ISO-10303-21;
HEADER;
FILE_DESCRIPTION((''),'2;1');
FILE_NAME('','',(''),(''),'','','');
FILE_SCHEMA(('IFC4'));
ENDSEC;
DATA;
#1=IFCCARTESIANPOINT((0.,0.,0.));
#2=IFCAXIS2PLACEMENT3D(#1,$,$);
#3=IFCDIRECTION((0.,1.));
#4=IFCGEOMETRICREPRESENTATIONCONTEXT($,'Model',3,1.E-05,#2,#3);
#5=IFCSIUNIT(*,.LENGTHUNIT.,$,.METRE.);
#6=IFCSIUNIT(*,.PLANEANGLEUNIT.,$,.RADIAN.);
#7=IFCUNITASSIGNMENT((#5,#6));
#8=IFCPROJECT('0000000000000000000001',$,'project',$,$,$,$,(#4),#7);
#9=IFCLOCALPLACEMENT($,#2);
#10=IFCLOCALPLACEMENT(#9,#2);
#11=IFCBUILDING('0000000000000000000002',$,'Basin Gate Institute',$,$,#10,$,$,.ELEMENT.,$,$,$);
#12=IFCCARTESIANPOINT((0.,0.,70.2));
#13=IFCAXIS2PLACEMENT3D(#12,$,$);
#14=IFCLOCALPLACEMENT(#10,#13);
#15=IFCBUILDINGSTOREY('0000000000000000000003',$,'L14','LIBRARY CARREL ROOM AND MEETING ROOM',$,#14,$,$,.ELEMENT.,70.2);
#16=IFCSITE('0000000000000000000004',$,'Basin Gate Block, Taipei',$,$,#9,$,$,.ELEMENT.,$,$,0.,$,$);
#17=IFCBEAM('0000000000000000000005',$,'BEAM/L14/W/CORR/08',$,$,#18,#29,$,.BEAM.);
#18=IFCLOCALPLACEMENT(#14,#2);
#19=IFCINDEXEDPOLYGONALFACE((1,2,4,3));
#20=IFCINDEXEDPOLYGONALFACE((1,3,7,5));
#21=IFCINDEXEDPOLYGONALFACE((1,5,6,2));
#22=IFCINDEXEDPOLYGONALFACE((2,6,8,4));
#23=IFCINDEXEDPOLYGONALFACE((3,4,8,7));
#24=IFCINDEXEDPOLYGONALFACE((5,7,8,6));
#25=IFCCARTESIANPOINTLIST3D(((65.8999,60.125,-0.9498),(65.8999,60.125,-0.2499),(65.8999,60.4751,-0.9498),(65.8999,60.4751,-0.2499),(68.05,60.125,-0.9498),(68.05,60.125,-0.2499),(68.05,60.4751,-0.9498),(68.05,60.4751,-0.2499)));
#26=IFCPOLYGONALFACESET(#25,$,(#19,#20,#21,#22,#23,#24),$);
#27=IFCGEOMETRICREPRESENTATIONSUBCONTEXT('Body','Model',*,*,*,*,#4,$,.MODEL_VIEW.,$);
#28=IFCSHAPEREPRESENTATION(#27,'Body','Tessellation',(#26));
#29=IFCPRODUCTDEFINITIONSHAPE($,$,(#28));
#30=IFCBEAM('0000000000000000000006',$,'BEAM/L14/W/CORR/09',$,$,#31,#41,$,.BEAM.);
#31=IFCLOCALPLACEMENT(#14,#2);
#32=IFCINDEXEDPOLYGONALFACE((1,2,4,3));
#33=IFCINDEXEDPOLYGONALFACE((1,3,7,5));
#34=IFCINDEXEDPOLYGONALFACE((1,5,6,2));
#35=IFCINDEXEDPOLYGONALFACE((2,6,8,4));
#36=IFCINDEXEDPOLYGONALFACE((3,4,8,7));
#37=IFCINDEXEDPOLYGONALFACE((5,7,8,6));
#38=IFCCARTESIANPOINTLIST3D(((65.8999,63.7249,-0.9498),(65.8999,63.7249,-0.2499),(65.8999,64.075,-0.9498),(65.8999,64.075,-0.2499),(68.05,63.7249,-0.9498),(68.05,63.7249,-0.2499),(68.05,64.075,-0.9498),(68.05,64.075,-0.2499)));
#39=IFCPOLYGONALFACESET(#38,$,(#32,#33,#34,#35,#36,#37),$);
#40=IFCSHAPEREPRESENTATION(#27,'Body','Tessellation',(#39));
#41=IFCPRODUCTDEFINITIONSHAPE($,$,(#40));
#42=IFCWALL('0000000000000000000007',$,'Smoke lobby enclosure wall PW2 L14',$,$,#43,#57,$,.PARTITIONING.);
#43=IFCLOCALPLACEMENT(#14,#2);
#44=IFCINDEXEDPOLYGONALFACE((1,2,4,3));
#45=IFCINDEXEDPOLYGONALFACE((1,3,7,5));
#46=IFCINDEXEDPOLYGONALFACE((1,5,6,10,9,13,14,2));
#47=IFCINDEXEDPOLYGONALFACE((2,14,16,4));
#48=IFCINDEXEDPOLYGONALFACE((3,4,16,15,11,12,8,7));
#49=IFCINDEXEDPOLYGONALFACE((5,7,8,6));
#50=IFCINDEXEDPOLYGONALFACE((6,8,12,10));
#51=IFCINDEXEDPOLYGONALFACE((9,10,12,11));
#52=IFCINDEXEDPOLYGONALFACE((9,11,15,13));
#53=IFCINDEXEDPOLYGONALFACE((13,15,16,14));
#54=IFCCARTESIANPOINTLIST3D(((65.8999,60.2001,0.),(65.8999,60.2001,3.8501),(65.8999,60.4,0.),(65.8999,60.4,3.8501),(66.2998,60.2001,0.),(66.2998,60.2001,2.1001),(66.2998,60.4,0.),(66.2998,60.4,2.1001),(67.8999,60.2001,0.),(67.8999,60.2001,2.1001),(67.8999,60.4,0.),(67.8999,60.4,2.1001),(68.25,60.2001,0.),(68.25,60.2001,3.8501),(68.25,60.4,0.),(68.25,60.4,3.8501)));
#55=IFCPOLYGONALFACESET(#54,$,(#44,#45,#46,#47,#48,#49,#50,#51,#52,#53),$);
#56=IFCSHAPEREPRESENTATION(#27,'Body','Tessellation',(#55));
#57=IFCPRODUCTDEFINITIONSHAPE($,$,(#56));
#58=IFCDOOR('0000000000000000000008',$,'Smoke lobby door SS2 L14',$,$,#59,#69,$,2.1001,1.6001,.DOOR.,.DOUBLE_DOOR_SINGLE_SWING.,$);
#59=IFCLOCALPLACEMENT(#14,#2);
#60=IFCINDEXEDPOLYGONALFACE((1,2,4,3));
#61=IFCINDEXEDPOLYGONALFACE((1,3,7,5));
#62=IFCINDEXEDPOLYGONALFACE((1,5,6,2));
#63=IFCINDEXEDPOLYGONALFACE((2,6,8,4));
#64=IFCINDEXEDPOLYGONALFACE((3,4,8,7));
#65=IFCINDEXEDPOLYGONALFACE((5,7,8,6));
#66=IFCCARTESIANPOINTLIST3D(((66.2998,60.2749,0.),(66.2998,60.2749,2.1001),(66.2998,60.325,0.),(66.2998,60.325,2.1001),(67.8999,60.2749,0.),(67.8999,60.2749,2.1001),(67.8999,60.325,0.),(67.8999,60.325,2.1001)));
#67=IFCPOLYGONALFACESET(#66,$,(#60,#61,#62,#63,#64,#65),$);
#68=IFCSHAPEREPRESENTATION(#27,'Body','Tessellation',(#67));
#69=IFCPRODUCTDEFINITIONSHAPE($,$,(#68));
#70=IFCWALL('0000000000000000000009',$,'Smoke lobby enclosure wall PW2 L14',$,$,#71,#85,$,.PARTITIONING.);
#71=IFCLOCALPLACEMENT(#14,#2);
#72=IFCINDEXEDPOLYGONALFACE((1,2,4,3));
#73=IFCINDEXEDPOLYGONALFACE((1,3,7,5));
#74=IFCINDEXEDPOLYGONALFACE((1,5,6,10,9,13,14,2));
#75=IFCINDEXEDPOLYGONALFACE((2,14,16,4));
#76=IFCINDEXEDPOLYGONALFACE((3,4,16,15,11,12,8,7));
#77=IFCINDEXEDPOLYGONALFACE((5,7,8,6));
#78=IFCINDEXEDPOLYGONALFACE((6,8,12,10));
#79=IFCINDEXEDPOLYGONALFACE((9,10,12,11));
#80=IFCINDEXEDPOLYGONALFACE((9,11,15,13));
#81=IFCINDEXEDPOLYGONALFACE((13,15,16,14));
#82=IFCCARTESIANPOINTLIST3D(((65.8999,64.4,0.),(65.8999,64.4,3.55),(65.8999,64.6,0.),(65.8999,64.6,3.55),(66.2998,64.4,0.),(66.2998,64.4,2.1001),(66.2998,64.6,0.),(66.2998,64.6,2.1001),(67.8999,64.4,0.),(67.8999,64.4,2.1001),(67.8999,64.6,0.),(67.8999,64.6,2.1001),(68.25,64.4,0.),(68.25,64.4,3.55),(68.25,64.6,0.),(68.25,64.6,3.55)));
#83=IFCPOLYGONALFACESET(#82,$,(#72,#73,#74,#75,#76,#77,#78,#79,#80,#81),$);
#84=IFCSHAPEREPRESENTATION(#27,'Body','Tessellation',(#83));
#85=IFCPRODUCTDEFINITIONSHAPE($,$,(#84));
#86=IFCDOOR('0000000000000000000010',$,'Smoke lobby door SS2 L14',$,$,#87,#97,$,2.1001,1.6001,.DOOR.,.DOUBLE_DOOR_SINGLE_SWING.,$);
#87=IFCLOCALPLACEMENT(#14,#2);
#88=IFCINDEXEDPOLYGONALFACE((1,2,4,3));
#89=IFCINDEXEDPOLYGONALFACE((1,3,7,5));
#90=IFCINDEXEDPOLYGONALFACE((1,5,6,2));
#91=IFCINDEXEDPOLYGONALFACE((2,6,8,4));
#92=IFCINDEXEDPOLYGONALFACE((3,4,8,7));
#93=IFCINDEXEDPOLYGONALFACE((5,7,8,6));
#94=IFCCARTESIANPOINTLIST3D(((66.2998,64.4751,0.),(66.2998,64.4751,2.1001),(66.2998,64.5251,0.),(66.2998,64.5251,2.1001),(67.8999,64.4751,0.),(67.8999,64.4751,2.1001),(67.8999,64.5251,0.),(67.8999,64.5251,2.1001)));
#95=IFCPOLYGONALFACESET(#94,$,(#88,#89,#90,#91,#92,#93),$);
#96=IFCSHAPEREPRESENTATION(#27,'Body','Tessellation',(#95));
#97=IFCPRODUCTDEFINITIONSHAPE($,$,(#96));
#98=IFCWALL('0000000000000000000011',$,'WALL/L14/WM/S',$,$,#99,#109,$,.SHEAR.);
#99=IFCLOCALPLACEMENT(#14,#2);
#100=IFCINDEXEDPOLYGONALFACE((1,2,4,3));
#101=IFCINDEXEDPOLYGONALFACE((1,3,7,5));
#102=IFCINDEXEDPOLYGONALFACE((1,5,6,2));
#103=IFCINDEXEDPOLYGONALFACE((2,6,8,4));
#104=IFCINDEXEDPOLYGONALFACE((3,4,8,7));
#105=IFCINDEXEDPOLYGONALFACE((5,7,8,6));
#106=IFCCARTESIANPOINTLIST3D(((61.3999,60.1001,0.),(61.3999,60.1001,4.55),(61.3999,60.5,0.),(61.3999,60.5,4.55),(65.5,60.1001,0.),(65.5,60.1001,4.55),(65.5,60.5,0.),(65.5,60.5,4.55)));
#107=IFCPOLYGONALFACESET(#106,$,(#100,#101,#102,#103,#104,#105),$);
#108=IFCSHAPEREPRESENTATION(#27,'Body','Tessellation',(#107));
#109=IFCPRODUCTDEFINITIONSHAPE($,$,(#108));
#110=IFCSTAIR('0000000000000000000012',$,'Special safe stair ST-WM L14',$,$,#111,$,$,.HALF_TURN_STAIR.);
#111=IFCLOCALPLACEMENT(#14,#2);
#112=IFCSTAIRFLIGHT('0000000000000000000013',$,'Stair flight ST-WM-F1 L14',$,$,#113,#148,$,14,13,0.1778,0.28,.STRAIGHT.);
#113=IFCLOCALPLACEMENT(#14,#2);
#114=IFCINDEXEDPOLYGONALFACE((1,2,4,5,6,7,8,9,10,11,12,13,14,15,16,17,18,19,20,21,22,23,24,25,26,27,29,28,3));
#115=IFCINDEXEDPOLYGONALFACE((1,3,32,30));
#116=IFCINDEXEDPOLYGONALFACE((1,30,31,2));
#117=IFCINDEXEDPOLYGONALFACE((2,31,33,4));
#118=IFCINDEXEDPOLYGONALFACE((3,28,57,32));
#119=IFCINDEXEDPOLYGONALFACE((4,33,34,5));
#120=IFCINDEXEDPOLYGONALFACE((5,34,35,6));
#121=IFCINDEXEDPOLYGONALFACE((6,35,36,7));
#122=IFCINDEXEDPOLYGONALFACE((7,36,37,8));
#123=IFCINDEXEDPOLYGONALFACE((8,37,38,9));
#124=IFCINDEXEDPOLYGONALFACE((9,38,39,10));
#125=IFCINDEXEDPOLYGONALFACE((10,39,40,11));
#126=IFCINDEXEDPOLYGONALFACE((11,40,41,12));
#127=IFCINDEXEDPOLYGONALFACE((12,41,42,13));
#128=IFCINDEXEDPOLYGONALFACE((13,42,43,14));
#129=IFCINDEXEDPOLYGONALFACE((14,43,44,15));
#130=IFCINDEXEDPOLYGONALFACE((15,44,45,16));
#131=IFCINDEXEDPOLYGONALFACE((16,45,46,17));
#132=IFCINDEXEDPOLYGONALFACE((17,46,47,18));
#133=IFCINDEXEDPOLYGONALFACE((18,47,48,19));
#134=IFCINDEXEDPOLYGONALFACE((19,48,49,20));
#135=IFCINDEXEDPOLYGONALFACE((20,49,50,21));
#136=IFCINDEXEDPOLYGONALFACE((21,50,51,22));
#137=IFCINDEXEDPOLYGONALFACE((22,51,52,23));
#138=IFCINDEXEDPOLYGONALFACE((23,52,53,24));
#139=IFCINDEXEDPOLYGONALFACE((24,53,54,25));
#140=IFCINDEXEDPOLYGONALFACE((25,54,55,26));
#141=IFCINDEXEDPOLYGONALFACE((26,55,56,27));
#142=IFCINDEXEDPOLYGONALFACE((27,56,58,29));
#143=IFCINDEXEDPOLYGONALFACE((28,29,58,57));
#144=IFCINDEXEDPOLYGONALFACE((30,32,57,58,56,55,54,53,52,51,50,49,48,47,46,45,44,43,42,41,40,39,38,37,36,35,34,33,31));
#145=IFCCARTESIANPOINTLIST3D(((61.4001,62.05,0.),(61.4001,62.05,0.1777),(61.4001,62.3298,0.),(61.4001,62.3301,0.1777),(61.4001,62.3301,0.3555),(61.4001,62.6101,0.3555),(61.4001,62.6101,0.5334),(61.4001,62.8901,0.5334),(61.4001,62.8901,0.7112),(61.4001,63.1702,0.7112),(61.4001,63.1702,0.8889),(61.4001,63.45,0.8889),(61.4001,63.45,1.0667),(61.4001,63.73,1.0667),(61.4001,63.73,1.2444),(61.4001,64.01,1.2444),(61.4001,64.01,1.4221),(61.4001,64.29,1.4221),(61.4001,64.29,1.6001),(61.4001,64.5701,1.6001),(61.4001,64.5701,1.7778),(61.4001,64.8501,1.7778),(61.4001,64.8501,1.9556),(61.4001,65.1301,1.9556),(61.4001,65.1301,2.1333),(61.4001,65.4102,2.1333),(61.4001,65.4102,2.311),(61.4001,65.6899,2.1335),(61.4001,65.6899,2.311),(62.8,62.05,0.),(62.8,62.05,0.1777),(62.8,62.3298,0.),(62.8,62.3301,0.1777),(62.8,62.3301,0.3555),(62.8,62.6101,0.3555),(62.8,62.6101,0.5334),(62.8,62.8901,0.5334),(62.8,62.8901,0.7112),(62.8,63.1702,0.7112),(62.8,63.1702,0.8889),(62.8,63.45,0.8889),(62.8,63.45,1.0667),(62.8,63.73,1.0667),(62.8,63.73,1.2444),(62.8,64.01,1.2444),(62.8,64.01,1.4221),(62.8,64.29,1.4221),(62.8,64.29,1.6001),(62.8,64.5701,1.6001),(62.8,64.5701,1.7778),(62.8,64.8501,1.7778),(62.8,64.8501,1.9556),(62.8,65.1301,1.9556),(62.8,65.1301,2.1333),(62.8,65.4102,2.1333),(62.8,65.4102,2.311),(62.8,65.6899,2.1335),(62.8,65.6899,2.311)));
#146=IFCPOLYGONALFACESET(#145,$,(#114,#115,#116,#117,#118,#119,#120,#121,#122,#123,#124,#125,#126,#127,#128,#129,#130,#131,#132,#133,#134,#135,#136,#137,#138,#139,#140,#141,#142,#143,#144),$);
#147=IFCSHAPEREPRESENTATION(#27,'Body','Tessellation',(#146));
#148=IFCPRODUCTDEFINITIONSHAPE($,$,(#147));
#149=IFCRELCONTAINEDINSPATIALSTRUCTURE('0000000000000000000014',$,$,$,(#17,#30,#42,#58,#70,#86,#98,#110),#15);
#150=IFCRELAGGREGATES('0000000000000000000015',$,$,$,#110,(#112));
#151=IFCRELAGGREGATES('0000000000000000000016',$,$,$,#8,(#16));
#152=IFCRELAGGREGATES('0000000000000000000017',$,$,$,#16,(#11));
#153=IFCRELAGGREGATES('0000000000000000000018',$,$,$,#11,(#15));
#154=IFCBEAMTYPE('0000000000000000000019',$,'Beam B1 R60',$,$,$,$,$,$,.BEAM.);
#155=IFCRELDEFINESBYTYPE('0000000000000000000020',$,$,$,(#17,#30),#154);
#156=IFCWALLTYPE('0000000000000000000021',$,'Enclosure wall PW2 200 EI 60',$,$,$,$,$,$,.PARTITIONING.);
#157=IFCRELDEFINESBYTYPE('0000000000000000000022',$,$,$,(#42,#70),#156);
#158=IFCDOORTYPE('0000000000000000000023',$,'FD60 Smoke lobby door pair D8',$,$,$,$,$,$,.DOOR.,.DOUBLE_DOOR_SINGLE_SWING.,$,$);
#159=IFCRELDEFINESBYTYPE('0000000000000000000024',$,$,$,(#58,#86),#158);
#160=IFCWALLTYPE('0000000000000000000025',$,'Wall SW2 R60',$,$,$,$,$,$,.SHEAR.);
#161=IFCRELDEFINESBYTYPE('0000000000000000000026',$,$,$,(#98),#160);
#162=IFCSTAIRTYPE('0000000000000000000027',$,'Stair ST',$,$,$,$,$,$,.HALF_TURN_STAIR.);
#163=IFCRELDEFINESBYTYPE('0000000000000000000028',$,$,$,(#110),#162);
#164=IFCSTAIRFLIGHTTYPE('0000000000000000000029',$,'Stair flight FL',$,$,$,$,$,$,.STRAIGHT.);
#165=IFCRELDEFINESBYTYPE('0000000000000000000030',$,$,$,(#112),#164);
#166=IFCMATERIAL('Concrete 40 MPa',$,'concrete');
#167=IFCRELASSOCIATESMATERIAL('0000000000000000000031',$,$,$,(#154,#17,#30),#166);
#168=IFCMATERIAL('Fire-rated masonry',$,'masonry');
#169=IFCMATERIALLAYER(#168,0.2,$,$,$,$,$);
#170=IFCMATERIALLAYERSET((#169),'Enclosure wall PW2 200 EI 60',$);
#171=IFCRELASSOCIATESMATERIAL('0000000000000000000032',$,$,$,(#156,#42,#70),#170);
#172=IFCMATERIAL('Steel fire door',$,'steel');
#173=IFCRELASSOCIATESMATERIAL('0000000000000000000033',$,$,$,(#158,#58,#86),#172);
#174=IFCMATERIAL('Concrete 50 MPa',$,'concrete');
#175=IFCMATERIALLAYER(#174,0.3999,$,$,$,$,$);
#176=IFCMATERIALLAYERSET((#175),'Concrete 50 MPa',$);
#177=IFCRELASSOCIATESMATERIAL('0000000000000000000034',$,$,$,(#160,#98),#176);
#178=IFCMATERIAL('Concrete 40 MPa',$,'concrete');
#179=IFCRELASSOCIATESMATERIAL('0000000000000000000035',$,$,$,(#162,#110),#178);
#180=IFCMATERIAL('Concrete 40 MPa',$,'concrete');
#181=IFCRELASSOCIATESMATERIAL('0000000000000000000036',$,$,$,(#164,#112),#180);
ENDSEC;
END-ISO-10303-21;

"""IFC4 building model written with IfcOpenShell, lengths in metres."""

from ifc_helpers import new_model, si_unit, direction, frame, frame_2d, origin, origin_2d, place, context, subcontext, project, spatial, polyline, rectangle, outline, extrude, material, layer, layer_set, material_profile, profile_set, type_object, element, fill, aggregate, save


model = new_model("IFC4")

# Units and contexts
model_context = context("Model", 3, precision=1e-05, world=origin(), true_north=direction((0.0, 1.0)))
body_context = subcontext(model_context, "Body", "Model", "MODEL_VIEW")
ifc_project = project(units=[si_unit("LENGTHUNIT", "METRE"), si_unit("PLANEANGLEUNIT", "RADIAN")], contexts=[model_context])

# Site, building, storey
site_placement = place(None, origin())
site = spatial("IfcSite", under=ifc_project, at=site_placement, Name="Basin Gate Block, Taipei", CompositionType="ELEMENT", RefElevation=0.0)
building_placement = place(site_placement, origin())
building = spatial("IfcBuilding", under=site, at=building_placement, Name="Basin Gate Institute", CompositionType="ELEMENT")
storey_placement = place(building_placement, frame((0.0, 0.0, 70.2)))
storey = spatial("IfcBuildingStorey", under=building, at=storey_placement, Name="L14", Description="LIBRARY CARREL ROOM AND MEETING ROOM", CompositionType="ELEMENT", Elevation=70.2)

# Beams
ifc_material_1 = material(Name="Concrete 40 MPa", Category="concrete")
ifc_material_profile = material_profile(ifc_material_1, rectangle(XDim=0.3501, YDim=0.7, at=origin_2d()), Name="Beam B1 350 x 700")
ifc_profile_set = profile_set([ifc_material_profile], Name="Concrete 40 MPa")
beam_type = type_object("IfcBeamType", Name="Beam B1 R60", PredefinedType="BEAM", material=ifc_profile_set)
for number, where, z_axis, x_axis, name in (
    (1, (65.8999, 60.3, -0.5999), (1.0, 0.0, 0.0), (0.0, 1.0, 0.0), "BEAM/L14/W/CORR/08"),
    (2, (65.8999, 63.8999, -0.5999), (1.0, 0.0, 0.0), (0.0, 1.0, 0.0), "BEAM/L14/W/CORR/09"),
):
    element("IfcBeam", number, at=place(storey_placement, frame(where, z_axis=z_axis, x_axis=x_axis)), inside=storey, type_object=beam_type, material=ifc_profile_set, Name=name, PredefinedType="BEAM", context=body_context, shape_type="SweptSolid", body=[
        extrude(rectangle(XDim=0.3501, YDim=0.7, at=origin_2d()), origin(), (0.0, 0.0, 1.0), 2.1501),
    ])

# Walls, openings, doors
ifc_material_2 = material(Name="Fire-rated masonry", Category="masonry")
ifc_layer_1 = layer(ifc_material_2, 0.2)
ifc_layer_set_1 = layer_set([ifc_layer_1], Name="Enclosure wall PW2 200 EI 60")
wall_type_1 = type_object("IfcWallType", Name="Enclosure wall PW2 200 EI 60", PredefinedType="PARTITIONING", material=ifc_layer_set_1)
wall_1_placement = place(storey_placement, frame((65.8999, 60.3, 0.0), z_axis=(0.0, 0.0, 1.0), x_axis=(1.0, 0.0, 0.0)))
wall_1 = element("IfcWall", 3, at=wall_1_placement, inside=storey, type_object=wall_type_1, material=ifc_layer_set_1, Name="Smoke lobby enclosure wall PW2 L14", PredefinedType="PARTITIONING", context=body_context, shape_type="SweptSolid", body=[
    extrude(rectangle(XDim=2.3501, YDim=0.2, at=frame_2d((1.175, 0.0))), origin(), (0.0, 0.0, 1.0), 3.8501),
])
opening_1_placement = place(wall_1_placement, frame((0.3999, 0.0, 0.0)))
opening_1 = element("IfcOpeningElement", 4, at=opening_1_placement, cuts=wall_1, PredefinedType="OPENING", context=body_context, shape_type="SweptSolid", body=[
    extrude(rectangle(XDim=1.6001, YDim=2.1001, at=frame_2d((0.8, 1.05))), frame((0.0, 0.1099, 0.0), z_axis=(0.0, -1.0, 0.0), x_axis=(1.0, 0.0, 0.0)), (0.0, 0.0, 1.0), 0.22),
])
ifc_material_3 = material(Name="Steel fire door", Category="steel")
door_type = type_object("IfcDoorType", Name="FD60 Smoke lobby door pair D8", OperationType="DOUBLE_DOOR_SINGLE_SWING", PredefinedType="DOOR", material=ifc_material_3)
door_1_placement = place(opening_1_placement, origin())
door_1 = element("IfcDoor", 5, at=door_1_placement, inside=storey, type_object=door_type, material=ifc_material_3, Name="Smoke lobby door SS2 L14", OperationType="DOUBLE_DOOR_SINGLE_SWING", OverallHeight=2.1001, OverallWidth=1.6001, PredefinedType="DOOR", context=body_context, shape_type="SweptSolid", body=[
    extrude(rectangle(XDim=1.6001, YDim=2.1001, at=frame_2d((0.8, 1.05))), frame((0.0, 0.0249, 0.0), z_axis=(0.0, -1.0, 0.0), x_axis=(1.0, 0.0, 0.0)), (0.0, 0.0, 1.0), 0.05),
])
fill(opening_1, door_1)
wall_2_placement = place(storey_placement, frame((65.8999, 64.5, 0.0), z_axis=(0.0, 0.0, 1.0), x_axis=(1.0, 0.0, 0.0)))
wall_2 = element("IfcWall", 6, at=wall_2_placement, inside=storey, type_object=wall_type_1, material=ifc_layer_set_1, Name="Smoke lobby enclosure wall PW2 L14", PredefinedType="PARTITIONING", context=body_context, shape_type="SweptSolid", body=[
    extrude(rectangle(XDim=2.3501, YDim=0.2, at=frame_2d((1.175, 0.0))), origin(), (0.0, 0.0, 1.0), 3.55),
])
opening_2_placement = place(wall_2_placement, frame((0.3999, 0.0, 0.0)))
opening_2 = element("IfcOpeningElement", 7, at=opening_2_placement, cuts=wall_2, PredefinedType="OPENING", context=body_context, shape_type="SweptSolid", body=[
    extrude(rectangle(XDim=1.6001, YDim=2.1001, at=frame_2d((0.8, 1.05))), frame((0.0, 0.1099, 0.0), z_axis=(0.0, -1.0, 0.0), x_axis=(1.0, 0.0, 0.0)), (0.0, 0.0, 1.0), 0.22),
])
door_2_placement = place(opening_2_placement, frame((1.6001, 0.0, 0.0), z_axis=(0.0, 0.0, 1.0), x_axis=(-1.0, 0.0, 0.0)))
door_2 = element("IfcDoor", 8, at=door_2_placement, inside=storey, type_object=door_type, material=ifc_material_3, Name="Smoke lobby door SS2 L14", OperationType="DOUBLE_DOOR_SINGLE_SWING", OverallHeight=2.1001, OverallWidth=1.6001, PredefinedType="DOOR", context=body_context, shape_type="SweptSolid", body=[
    extrude(rectangle(XDim=1.6001, YDim=2.1001, at=frame_2d((0.8, 1.05))), frame((0.0, 0.0249, 0.0), z_axis=(0.0, -1.0, 0.0), x_axis=(1.0, 0.0, 0.0)), (0.0, 0.0, 1.0), 0.05),
])
fill(opening_2, door_2)

# Wall
ifc_material_4 = material(Name="Concrete 50 MPa", Category="concrete")
ifc_layer_2 = layer(ifc_material_4, 0.3999)
ifc_layer_set_2 = layer_set([ifc_layer_2], Name="Concrete 50 MPa")
wall_type_2 = type_object("IfcWallType", Name="Wall SW2 R60", PredefinedType="SHEAR", material=ifc_layer_set_2)
wall_3_placement = place(storey_placement, frame((61.3999, 60.3, 0.0), z_axis=(0.0, 0.0, 1.0), x_axis=(1.0, 0.0, 0.0)))
element("IfcWall", 9, at=wall_3_placement, inside=storey, type_object=wall_type_2, material=ifc_layer_set_2, Name="WALL/L14/WM/S", PredefinedType="SHEAR", context=body_context, shape_type="SweptSolid", body=[
    extrude(rectangle(XDim=4.1001, YDim=0.3999, at=frame_2d((2.05, 0.0))), origin(), (0.0, 0.0, 1.0), 4.55),
])

# Stair, stair flight
ifc_material_5 = material(Name="Concrete 40 MPa", Category="concrete")
stair_type = type_object("IfcStairType", Name="Stair ST", PredefinedType="HALF_TURN_STAIR", material=ifc_material_5)
stair_placement = place(storey_placement, origin())
stair = element("IfcStair", 10, at=stair_placement, inside=storey, type_object=stair_type, material=ifc_material_5, Name="Special safe stair ST-WM L14", PredefinedType="HALF_TURN_STAIR")
ifc_material_6 = material(Name="Concrete 40 MPa", Category="concrete")
stair_flight_type = type_object("IfcStairFlightType", Name="Stair flight FL", PredefinedType="STRAIGHT", material=ifc_material_6)
stair_flight_placement = place(storey_placement, frame((62.1001, 62.05, 0.0), z_axis=(0.0, 0.0, 1.0), x_axis=(0.0, 1.0, 0.0)))
stair_flight = element("IfcStairFlight", 11, at=stair_flight_placement, type_object=stair_flight_type, material=ifc_material_6, Name="Stair flight ST-WM-F1 L14", NumberOfRisers=14, NumberOfTreads=13, PredefinedType="STRAIGHT", RiserHeight=0.1778, TreadLength=0.28, context=body_context, shape_type="SweptSolid", body=[
    extrude(outline(polyline([(0.0, 0.0), (0.0, 0.1777), (0.28, 0.1777), (0.28, 0.3555), (0.5601, 0.3555), (0.5601, 0.5334), (0.8401, 0.5334), (0.8401, 0.7112), (1.1201, 0.7112), (1.1201, 0.8889), (1.3999, 0.8889), (1.3999, 1.0667), (1.6799, 1.0667), (1.6799, 1.2444), (1.96, 1.2444), (1.96, 1.4221), (2.24, 1.4221), (2.24, 1.6001), (2.52, 1.6001), (2.52, 1.7778), (2.8, 1.7778), (2.8, 1.9556), (3.0801, 1.9556), (3.0801, 2.1333), (3.3601, 2.1333), (3.3601, 2.311), (3.6399, 2.311), (3.6399, 2.4888), (3.6399, 2.1335), (0.2798, 0.0), (0.0, 0.0)])), frame((0.0, 0.7, 0.0), z_axis=(0.0, -1.0, 0.0), x_axis=(1.0, 0.0, 0.0)), (0.0, 0.0, 1.0), 1.3999),
])
aggregate(stair, [stair_flight])

save(model, "model.ifc")
